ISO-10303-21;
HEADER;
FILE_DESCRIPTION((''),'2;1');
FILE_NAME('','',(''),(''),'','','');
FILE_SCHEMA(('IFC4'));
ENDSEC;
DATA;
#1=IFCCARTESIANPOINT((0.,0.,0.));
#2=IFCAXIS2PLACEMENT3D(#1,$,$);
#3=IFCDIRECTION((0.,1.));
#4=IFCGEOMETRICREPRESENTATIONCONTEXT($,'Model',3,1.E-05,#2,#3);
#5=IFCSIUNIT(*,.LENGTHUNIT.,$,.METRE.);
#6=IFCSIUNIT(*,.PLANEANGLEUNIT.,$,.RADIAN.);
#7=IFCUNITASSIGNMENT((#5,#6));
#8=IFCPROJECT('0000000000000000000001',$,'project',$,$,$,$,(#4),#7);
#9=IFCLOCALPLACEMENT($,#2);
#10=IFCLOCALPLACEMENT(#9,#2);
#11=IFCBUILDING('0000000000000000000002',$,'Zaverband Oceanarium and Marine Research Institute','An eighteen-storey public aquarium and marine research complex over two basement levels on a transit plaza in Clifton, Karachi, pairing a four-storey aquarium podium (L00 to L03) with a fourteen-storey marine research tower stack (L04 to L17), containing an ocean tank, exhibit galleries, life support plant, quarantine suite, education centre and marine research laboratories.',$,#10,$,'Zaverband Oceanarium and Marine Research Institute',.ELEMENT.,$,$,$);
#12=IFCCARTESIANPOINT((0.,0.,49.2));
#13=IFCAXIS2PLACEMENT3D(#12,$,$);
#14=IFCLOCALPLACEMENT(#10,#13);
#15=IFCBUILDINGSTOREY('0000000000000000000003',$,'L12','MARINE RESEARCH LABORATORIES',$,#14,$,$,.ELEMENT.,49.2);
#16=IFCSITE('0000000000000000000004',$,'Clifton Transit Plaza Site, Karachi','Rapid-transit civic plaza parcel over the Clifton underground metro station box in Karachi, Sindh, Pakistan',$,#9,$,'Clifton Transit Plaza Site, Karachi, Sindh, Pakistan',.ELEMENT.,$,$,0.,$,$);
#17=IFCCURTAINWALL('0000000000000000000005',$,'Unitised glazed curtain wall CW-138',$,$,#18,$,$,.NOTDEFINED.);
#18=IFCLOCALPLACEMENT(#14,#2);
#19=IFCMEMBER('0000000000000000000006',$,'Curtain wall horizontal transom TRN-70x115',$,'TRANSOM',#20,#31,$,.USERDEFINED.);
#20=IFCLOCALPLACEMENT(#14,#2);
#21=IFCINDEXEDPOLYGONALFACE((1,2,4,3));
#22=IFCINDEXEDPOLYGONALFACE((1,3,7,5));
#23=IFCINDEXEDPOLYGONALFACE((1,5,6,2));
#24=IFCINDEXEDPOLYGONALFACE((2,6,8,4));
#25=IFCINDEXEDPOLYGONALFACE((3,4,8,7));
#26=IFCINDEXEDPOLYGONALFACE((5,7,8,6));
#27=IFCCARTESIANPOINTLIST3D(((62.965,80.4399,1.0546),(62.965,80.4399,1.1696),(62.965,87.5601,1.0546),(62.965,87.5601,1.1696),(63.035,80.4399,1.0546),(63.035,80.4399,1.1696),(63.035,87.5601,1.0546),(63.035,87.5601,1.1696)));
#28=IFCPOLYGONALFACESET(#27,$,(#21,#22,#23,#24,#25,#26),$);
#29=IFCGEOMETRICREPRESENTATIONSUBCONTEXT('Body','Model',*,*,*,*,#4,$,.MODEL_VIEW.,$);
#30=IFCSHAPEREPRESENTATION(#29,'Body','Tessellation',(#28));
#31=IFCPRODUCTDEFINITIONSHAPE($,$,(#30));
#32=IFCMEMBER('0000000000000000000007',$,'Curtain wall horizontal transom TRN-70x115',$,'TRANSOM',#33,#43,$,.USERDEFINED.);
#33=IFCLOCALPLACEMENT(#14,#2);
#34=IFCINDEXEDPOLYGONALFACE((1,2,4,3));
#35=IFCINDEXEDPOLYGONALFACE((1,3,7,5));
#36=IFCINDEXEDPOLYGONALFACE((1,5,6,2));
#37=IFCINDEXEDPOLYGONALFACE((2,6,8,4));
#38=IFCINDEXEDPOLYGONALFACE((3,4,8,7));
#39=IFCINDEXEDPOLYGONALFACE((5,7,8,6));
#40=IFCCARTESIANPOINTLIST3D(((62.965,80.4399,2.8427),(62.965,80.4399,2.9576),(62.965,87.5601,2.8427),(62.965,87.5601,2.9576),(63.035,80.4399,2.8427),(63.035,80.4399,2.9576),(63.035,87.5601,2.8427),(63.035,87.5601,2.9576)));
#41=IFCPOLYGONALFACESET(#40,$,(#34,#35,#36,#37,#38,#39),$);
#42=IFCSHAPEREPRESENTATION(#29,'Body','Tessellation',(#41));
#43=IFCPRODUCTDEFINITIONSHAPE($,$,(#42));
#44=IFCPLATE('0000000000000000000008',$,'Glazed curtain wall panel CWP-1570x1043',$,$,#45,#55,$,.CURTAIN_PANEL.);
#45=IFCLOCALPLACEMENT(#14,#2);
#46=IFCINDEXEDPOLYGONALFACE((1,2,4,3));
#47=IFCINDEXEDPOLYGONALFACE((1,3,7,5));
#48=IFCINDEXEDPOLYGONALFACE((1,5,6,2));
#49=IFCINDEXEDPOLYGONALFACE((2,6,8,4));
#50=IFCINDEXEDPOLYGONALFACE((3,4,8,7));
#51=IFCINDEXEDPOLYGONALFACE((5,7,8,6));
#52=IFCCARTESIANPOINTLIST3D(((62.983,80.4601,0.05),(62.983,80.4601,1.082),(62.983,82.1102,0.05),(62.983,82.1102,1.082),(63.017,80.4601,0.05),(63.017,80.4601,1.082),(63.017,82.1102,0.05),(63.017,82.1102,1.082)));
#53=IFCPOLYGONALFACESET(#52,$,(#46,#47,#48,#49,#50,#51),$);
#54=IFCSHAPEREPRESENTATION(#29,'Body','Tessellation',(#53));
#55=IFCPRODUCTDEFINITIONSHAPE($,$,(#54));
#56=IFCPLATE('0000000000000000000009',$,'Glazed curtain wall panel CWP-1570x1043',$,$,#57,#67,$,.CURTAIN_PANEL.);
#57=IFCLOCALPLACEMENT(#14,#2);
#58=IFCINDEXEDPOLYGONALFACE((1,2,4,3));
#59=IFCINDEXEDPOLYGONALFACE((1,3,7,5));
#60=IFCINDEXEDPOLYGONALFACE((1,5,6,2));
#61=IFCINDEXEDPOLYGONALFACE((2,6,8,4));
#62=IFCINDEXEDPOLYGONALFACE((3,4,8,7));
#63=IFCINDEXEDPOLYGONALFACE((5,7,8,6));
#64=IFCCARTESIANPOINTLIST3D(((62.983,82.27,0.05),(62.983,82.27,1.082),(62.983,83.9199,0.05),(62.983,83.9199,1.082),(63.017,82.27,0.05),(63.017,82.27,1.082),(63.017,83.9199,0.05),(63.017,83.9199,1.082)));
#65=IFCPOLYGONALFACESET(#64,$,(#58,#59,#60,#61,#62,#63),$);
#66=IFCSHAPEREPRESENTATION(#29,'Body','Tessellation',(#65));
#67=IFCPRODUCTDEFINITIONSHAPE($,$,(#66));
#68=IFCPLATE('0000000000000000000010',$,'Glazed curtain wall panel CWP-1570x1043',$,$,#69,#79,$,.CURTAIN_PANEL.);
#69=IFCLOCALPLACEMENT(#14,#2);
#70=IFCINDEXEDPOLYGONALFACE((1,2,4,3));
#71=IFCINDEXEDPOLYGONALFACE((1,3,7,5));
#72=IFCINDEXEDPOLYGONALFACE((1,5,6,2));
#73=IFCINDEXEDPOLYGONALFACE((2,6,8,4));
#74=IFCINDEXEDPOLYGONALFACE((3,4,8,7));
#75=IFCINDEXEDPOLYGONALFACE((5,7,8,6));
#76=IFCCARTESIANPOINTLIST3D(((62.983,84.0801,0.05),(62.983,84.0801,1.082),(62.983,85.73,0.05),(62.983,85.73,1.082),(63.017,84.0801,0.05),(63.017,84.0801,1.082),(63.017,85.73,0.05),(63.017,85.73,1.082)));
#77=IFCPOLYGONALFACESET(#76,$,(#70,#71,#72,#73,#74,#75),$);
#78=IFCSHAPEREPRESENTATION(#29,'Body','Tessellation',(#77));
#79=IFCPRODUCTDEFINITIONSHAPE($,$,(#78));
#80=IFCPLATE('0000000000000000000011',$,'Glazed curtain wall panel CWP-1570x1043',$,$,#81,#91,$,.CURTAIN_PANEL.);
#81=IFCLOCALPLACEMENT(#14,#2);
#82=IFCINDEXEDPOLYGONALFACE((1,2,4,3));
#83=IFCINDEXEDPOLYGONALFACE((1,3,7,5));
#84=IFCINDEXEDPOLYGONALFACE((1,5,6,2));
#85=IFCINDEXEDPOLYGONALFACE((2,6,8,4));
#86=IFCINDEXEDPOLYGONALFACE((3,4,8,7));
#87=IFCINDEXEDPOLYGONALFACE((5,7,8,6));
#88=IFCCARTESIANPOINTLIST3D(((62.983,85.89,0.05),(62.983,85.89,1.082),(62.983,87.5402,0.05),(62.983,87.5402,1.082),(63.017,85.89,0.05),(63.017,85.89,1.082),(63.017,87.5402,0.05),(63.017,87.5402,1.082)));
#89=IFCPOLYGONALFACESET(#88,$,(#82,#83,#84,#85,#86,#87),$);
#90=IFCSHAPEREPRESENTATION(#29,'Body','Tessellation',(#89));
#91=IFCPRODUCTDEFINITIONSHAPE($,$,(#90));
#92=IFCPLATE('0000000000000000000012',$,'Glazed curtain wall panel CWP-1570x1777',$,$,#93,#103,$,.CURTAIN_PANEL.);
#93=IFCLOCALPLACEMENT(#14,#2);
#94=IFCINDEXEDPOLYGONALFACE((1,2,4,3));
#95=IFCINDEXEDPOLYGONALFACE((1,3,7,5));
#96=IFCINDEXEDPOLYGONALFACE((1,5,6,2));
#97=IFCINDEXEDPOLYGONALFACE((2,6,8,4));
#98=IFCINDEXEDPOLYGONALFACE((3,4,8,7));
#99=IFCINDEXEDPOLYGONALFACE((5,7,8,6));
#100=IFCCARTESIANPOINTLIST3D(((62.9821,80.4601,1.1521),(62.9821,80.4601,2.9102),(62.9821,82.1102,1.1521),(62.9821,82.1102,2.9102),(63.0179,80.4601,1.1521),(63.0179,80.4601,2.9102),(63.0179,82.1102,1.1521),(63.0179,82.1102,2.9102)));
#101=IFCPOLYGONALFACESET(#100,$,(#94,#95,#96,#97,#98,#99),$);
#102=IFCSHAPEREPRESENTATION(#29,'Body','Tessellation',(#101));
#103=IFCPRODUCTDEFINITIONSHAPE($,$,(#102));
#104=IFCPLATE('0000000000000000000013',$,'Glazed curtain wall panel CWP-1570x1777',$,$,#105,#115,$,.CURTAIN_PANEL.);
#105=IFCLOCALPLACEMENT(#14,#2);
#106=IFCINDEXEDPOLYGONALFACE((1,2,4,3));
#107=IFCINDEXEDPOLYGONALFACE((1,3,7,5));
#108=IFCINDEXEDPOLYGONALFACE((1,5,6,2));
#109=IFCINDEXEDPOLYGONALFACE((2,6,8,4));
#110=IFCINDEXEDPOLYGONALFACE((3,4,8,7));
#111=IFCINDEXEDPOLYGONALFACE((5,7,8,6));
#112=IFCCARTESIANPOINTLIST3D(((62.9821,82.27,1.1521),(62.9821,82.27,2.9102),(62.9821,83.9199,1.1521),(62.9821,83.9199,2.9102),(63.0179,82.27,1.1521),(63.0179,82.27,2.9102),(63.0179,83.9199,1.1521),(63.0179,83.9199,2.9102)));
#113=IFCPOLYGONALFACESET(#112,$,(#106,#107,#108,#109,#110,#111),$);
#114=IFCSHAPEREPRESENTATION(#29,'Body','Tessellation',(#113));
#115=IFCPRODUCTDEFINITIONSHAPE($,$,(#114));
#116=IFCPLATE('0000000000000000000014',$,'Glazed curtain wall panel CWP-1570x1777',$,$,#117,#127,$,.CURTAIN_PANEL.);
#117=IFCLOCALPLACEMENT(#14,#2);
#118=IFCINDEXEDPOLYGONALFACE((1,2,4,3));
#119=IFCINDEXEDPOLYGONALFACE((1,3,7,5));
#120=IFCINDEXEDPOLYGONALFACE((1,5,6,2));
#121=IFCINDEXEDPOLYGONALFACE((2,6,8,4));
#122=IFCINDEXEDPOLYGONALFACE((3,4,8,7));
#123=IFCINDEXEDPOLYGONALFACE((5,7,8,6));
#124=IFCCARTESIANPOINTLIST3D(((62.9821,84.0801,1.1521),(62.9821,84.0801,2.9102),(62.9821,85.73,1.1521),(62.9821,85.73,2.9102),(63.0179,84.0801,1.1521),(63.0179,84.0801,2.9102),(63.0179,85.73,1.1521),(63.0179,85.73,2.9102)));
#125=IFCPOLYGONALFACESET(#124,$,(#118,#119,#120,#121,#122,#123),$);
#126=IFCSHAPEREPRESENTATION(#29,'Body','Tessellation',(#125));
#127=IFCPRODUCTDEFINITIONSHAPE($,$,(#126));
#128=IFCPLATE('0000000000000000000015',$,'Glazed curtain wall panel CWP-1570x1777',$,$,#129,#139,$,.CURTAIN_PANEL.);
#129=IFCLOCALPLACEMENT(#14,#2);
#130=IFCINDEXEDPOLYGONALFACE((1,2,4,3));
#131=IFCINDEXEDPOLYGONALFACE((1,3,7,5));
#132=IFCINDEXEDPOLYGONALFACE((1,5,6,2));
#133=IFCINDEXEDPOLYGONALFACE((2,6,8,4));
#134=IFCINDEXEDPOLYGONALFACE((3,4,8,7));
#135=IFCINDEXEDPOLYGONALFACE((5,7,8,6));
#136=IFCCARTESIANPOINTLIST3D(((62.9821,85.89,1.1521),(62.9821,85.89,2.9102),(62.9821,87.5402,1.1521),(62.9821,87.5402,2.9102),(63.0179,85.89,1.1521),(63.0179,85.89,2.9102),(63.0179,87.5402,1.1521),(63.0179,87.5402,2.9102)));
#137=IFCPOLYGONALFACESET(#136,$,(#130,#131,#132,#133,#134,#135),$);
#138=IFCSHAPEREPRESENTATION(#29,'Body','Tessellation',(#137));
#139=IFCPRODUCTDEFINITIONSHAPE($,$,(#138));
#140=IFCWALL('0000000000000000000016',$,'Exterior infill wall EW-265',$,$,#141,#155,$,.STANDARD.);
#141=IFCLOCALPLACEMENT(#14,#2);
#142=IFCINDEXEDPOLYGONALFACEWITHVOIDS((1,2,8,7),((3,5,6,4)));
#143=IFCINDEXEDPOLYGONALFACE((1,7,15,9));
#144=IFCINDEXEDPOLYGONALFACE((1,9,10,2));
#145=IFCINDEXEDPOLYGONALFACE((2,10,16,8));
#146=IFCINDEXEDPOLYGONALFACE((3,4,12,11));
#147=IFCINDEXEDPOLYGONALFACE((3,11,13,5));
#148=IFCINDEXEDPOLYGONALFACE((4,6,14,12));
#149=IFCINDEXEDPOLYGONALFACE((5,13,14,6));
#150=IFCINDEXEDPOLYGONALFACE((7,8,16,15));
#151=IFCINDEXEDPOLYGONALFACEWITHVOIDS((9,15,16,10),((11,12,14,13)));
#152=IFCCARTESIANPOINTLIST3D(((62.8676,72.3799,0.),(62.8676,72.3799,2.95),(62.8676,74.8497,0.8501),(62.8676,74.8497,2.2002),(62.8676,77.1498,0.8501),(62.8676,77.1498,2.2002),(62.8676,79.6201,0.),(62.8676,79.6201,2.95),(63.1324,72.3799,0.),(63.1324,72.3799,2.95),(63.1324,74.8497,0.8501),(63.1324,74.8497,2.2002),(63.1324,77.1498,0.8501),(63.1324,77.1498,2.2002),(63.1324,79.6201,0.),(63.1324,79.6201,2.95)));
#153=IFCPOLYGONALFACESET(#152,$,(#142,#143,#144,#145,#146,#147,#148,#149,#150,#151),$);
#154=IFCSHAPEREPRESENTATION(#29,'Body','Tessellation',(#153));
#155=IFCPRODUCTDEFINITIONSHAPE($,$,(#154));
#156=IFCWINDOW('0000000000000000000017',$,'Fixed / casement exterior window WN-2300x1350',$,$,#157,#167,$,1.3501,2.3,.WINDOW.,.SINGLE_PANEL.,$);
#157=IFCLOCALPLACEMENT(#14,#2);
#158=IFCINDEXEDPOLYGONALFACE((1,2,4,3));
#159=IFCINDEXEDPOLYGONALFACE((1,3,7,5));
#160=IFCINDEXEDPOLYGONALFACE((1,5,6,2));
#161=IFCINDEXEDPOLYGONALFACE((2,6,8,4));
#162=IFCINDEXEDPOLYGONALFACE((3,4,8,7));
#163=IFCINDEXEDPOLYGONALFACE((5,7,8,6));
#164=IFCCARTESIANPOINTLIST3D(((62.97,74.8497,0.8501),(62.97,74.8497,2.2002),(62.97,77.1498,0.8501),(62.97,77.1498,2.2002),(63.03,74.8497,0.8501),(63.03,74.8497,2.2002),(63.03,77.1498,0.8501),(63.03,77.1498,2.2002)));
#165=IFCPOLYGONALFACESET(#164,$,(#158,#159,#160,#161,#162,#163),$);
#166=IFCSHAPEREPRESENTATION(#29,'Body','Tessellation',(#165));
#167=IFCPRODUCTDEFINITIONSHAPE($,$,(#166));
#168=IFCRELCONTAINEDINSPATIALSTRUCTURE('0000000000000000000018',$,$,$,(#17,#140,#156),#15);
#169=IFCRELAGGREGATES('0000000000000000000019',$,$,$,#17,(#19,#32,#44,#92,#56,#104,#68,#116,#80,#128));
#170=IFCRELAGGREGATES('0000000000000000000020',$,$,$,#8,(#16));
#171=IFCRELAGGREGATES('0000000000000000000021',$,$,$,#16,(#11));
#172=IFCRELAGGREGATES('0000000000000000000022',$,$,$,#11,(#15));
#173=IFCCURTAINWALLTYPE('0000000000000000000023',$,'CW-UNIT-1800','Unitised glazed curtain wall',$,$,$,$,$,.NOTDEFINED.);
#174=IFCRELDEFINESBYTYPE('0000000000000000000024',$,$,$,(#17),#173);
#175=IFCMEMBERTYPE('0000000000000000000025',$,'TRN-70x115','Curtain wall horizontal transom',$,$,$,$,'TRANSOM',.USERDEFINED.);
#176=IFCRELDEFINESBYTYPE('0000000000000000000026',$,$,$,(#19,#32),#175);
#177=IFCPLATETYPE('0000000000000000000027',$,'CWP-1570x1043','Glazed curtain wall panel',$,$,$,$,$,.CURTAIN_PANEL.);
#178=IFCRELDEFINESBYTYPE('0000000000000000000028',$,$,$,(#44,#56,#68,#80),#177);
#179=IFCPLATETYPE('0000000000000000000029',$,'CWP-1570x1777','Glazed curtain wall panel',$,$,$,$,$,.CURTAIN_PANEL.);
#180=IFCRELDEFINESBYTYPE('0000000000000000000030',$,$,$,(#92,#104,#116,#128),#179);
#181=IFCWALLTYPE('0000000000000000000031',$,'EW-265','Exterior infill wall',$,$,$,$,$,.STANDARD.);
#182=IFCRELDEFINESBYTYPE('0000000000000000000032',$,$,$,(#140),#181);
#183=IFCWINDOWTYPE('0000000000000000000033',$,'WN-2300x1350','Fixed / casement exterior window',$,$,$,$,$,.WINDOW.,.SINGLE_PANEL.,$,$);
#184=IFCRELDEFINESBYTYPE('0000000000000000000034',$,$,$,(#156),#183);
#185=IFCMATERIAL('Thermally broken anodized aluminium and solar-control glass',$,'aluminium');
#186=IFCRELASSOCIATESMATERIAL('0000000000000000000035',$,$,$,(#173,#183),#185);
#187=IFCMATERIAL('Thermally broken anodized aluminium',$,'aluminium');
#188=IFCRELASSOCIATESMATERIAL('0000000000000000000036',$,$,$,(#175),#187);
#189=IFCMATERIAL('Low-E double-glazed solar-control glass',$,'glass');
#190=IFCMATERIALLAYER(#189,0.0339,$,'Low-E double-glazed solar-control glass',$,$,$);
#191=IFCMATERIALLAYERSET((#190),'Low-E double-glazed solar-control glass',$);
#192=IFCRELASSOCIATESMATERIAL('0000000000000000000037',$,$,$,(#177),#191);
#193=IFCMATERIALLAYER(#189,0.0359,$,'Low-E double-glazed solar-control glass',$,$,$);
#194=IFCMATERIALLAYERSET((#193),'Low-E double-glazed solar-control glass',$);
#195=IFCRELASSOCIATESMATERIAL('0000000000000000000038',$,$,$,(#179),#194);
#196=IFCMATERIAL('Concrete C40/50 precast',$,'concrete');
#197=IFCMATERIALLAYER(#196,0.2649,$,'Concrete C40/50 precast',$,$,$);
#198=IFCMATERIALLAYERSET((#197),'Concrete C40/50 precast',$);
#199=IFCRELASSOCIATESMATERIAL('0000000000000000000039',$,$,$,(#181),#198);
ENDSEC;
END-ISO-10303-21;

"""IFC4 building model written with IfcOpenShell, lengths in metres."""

from ifc_helpers import new_model, si_unit, direction, frame, frame_2d, origin, origin_2d, place, context, subcontext, project, spatial, rectangle, extrude, material, layer, layer_set, material_profile, profile_set, type_object, element, fill, aggregate, save


model = new_model("IFC4")

# Units and contexts
model_context = context("Model", 3, precision=1e-05, world=origin(), true_north=direction((0.0, 1.0)))
body_context = subcontext(model_context, "Body", "Model", "MODEL_VIEW")
ifc_project = project(units=[si_unit("LENGTHUNIT", "METRE"), si_unit("PLANEANGLEUNIT", "RADIAN")], contexts=[model_context])

# Site, building, storey
site_placement = place(None, origin())
site = spatial("IfcSite", under=ifc_project, at=site_placement, Name="Clifton Transit Plaza Site, Karachi", Description="Rapid-transit civic plaza parcel over the Clifton underground metro station box in Karachi, Sindh, Pakistan", LongName="Clifton Transit Plaza Site, Karachi, Sindh, Pakistan", CompositionType="ELEMENT", RefElevation=0.0)
building_placement = place(site_placement, origin())
building = spatial("IfcBuilding", under=site, at=building_placement, Name="Zaverband Oceanarium and Marine Research Institute", Description="An eighteen-storey public aquarium and marine research complex over two basement levels on a transit plaza in Clifton, Karachi, pairing a four-storey aquarium podium (L00 to L03) with a fourteen-storey marine research tower stack (L04 to L17), containing an ocean tank, exhibit galleries, life support plant, quarantine suite, education centre and marine research laboratories.", LongName="Zaverband Oceanarium and Marine Research Institute", CompositionType="ELEMENT")
storey_placement = place(building_placement, frame((0.0, 0.0, 49.2)))
storey = spatial("IfcBuildingStorey", under=building, at=storey_placement, Name="L12", Description="MARINE RESEARCH LABORATORIES", CompositionType="ELEMENT", Elevation=49.2)

# Curtain wall
ifc_material_1 = material(Name="Thermally broken anodized aluminium and solar-control glass", Category="aluminium")
curtain_wall_type = type_object("IfcCurtainWallType", Name="CW-UNIT-1800", Description="Unitised glazed curtain wall", PredefinedType="NOTDEFINED", material=ifc_material_1)
curtain_wall_placement = place(storey_placement, origin())
curtain_wall = element("IfcCurtainWall", 1, at=curtain_wall_placement, inside=storey, type_object=curtain_wall_type, Name="Unitised glazed curtain wall CW-138", PredefinedType="NOTDEFINED")
ifc_material_2 = material(Name="Thermally broken anodized aluminium", Category="aluminium")

# Members
ifc_material_profile_1 = material_profile(ifc_material_2, rectangle(XDim=0.0701, YDim=0.115, at=origin_2d()), Name="AL-TRN-70x115")
ifc_profile_set_1 = profile_set([ifc_material_profile_1], Name="Thermally broken anodized aluminium")
member_type_1 = type_object("IfcMemberType", Name="TRN-70x115", Description="Curtain wall horizontal transom", ElementType="TRANSOM", PredefinedType="USERDEFINED", material=ifc_profile_set_1)
member_1_placement = place(storey_placement, frame((63.0, 80.4399, 1.1121), z_axis=(0.0, 1.0, 0.0), x_axis=(-1.0, 0.0, 0.0)))
member_1 = element("IfcMember", 2, at=member_1_placement, type_object=member_type_1, Name="Curtain wall horizontal transom TRN-70x115", ObjectType="TRANSOM", PredefinedType="USERDEFINED", context=body_context, shape_type="SweptSolid", body=[
    extrude(rectangle(XDim=0.0701, YDim=0.115, at=origin_2d()), origin(), (0.0, 0.0, 1.0), 7.1201),
])
member_2_placement = place(storey_placement, frame((63.0, 80.4399, 2.9001), z_axis=(0.0, 1.0, 0.0), x_axis=(-1.0, 0.0, 0.0)))
member_2 = element("IfcMember", 3, at=member_2_placement, type_object=member_type_1, Name="Curtain wall horizontal transom TRN-70x115", ObjectType="TRANSOM", PredefinedType="USERDEFINED", context=body_context, shape_type="SweptSolid", body=[
    extrude(rectangle(XDim=0.0701, YDim=0.115, at=origin_2d()), origin(), (0.0, 0.0, 1.0), 7.1201),
])

# Plates
ifc_material_3 = material(Name="Low-E double-glazed solar-control glass", Category="glass")
ifc_layer_1 = layer(ifc_material_3, 0.0339, Name="Low-E double-glazed solar-control glass")
ifc_layer_set_1 = layer_set([ifc_layer_1], Name="Low-E double-glazed solar-control glass")
plate_type_1 = type_object("IfcPlateType", Name="CWP-1570x1043", Description="Glazed curtain wall panel", PredefinedType="CURTAIN_PANEL", material=ifc_layer_set_1)
plate_1_placement = place(storey_placement, frame((63.0, 80.46, 0.05), z_axis=(0.0, 0.0, 1.0), x_axis=(0.0, 1.0, 0.0)))
plate_1 = element("IfcPlate", 4, at=plate_1_placement, type_object=plate_type_1, Name="Glazed curtain wall panel CWP-1570x1043", PredefinedType="CURTAIN_PANEL", context=body_context, shape_type="SweptSolid", body=[
    extrude(rectangle(XDim=1.6501, YDim=0.0339, at=frame_2d((0.8252, 0.0))), origin(), (0.0, 0.0, 1.0), 1.032),
])
plate_2_placement = place(storey_placement, frame((63.0, 82.27, 0.05), z_axis=(0.0, 0.0, 1.0), x_axis=(0.0, 1.0, 0.0)))
plate_2 = element("IfcPlate", 5, at=plate_2_placement, type_object=plate_type_1, Name="Glazed curtain wall panel CWP-1570x1043", PredefinedType="CURTAIN_PANEL", context=body_context, shape_type="SweptSolid", body=[
    extrude(rectangle(XDim=1.6499, YDim=0.0339, at=frame_2d((0.825, 0.0))), origin(), (0.0, 0.0, 1.0), 1.032),
])
plate_3_placement = place(storey_placement, frame((63.0, 84.0801, 0.05), z_axis=(0.0, 0.0, 1.0), x_axis=(0.0, 1.0, 0.0)))
plate_3 = element("IfcPlate", 6, at=plate_3_placement, type_object=plate_type_1, Name="Glazed curtain wall panel CWP-1570x1043", PredefinedType="CURTAIN_PANEL", context=body_context, shape_type="SweptSolid", body=[
    extrude(rectangle(XDim=1.6499, YDim=0.0339, at=frame_2d((0.825, 0.0))), origin(), (0.0, 0.0, 1.0), 1.032),
])
plate_4_placement = place(storey_placement, frame((63.0, 85.8899, 0.05), z_axis=(0.0, 0.0, 1.0), x_axis=(0.0, 1.0, 0.0)))
plate_4 = element("IfcPlate", 7, at=plate_4_placement, type_object=plate_type_1, Name="Glazed curtain wall panel CWP-1570x1043", PredefinedType="CURTAIN_PANEL", context=body_context, shape_type="SweptSolid", body=[
    extrude(rectangle(XDim=1.6501, YDim=0.0339, at=frame_2d((0.8252, 0.0))), origin(), (0.0, 0.0, 1.0), 1.032),
])
ifc_layer_2 = layer(ifc_material_3, 0.0359, Name="Low-E double-glazed solar-control glass")
ifc_layer_set_2 = layer_set([ifc_layer_2], Name="Low-E double-glazed solar-control glass")
plate_type_2 = type_object("IfcPlateType", Name="CWP-1570x1777", Description="Glazed curtain wall panel", PredefinedType="CURTAIN_PANEL", material=ifc_layer_set_2)
plate_5_placement = place(storey_placement, frame((63.0, 80.46, 1.1521), z_axis=(0.0, 0.0, 1.0), x_axis=(0.0, 1.0, 0.0)))
plate_5 = element("IfcPlate", 8, at=plate_5_placement, type_object=plate_type_2, Name="Glazed curtain wall panel CWP-1570x1777", PredefinedType="CURTAIN_PANEL", context=body_context, shape_type="SweptSolid", body=[
    extrude(rectangle(XDim=1.6501, YDim=0.0359, at=frame_2d((0.8252, 0.0))), origin(), (0.0, 0.0, 1.0), 1.7581),
])
plate_6_placement = place(storey_placement, frame((63.0, 82.27, 1.1521), z_axis=(0.0, 0.0, 1.0), x_axis=(0.0, 1.0, 0.0)))
plate_6 = element("IfcPlate", 9, at=plate_6_placement, type_object=plate_type_2, Name="Glazed curtain wall panel CWP-1570x1777", PredefinedType="CURTAIN_PANEL", context=body_context, shape_type="SweptSolid", body=[
    extrude(rectangle(XDim=1.6499, YDim=0.0359, at=frame_2d((0.825, 0.0))), origin(), (0.0, 0.0, 1.0), 1.7581),
])
plate_7_placement = place(storey_placement, frame((63.0, 84.0801, 1.1521), z_axis=(0.0, 0.0, 1.0), x_axis=(0.0, 1.0, 0.0)))
plate_7 = element("IfcPlate", 10, at=plate_7_placement, type_object=plate_type_2, Name="Glazed curtain wall panel CWP-1570x1777", PredefinedType="CURTAIN_PANEL", context=body_context, shape_type="SweptSolid", body=[
    extrude(rectangle(XDim=1.6499, YDim=0.0359, at=frame_2d((0.825, 0.0))), origin(), (0.0, 0.0, 1.0), 1.7581),
])
plate_8_placement = place(storey_placement, frame((63.0, 85.8899, 1.1521), z_axis=(0.0, 0.0, 1.0), x_axis=(0.0, 1.0, 0.0)))
plate_8 = element("IfcPlate", 11, at=plate_8_placement, type_object=plate_type_2, Name="Glazed curtain wall panel CWP-1570x1777", PredefinedType="CURTAIN_PANEL", context=body_context, shape_type="SweptSolid", body=[
    extrude(rectangle(XDim=1.6501, YDim=0.0359, at=frame_2d((0.8252, 0.0))), origin(), (0.0, 0.0, 1.0), 1.7581),
])
aggregate(curtain_wall, [member_1, member_2, plate_1, plate_5, plate_2, plate_6, plate_3, plate_7, plate_4, plate_8])

# Wall, opening, window
ifc_material_4 = material(Name="Concrete C40/50 precast", Category="concrete")
ifc_layer_3 = layer(ifc_material_4, 0.2649, Name="Concrete C40/50 precast")
ifc_layer_set_3 = layer_set([ifc_layer_3], Name="Concrete C40/50 precast")
wall_type = type_object("IfcWallType", Name="EW-265", Description="Exterior infill wall", PredefinedType="STANDARD", material=ifc_layer_set_3)
wall_placement = place(storey_placement, frame((63.0, 72.3799, 0.0), z_axis=(0.0, 0.0, 1.0), x_axis=(0.0, 1.0, 0.0)))
wall = element("IfcWall", 12, at=wall_placement, inside=storey, type_object=wall_type, Name="Exterior infill wall EW-265", PredefinedType="STANDARD", context=body_context, shape_type="SweptSolid", body=[
    extrude(rectangle(XDim=7.2402, YDim=0.2649, at=frame_2d((3.6201, 0.0))), origin(), (0.0, 0.0, 1.0), 2.95),
])
opening_placement = place(wall_placement, frame((2.47, 0.0, 0.8501)))
opening = element("IfcOpeningElement", 13, at=opening_placement, cuts=wall, PredefinedType="OPENING", context=body_context, shape_type="SweptSolid", body=[
    extrude(rectangle(XDim=2.3, YDim=1.3501, at=frame_2d((1.1499, 0.675))), frame((0.0, 0.1445, 0.0), z_axis=(0.0, -1.0, 0.0), x_axis=(1.0, 0.0, 0.0)), (0.0, 0.0, 1.0), 0.2888),
])
window_type = type_object("IfcWindowType", Name="WN-2300x1350", Description="Fixed / casement exterior window", PartitioningType="SINGLE_PANEL", PredefinedType="WINDOW", material=ifc_material_1)
window_placement = place(opening_placement, origin())
window = element("IfcWindow", 14, at=window_placement, inside=storey, type_object=window_type, Name="Fixed / casement exterior window WN-2300x1350", OverallHeight=1.3501, OverallWidth=2.3, PartitioningType="SINGLE_PANEL", PredefinedType="WINDOW", context=body_context, shape_type="SweptSolid", body=[
    extrude(rectangle(XDim=2.3, YDim=1.3501, at=frame_2d((1.1499, 0.675))), frame((0.0, 0.03, 0.0), z_axis=(0.0, -1.0, 0.0), x_axis=(1.0, 0.0, 0.0)), (0.0, 0.0, 1.0), 0.0601),
])
fill(opening, window)

save(model, "model.ifc")
